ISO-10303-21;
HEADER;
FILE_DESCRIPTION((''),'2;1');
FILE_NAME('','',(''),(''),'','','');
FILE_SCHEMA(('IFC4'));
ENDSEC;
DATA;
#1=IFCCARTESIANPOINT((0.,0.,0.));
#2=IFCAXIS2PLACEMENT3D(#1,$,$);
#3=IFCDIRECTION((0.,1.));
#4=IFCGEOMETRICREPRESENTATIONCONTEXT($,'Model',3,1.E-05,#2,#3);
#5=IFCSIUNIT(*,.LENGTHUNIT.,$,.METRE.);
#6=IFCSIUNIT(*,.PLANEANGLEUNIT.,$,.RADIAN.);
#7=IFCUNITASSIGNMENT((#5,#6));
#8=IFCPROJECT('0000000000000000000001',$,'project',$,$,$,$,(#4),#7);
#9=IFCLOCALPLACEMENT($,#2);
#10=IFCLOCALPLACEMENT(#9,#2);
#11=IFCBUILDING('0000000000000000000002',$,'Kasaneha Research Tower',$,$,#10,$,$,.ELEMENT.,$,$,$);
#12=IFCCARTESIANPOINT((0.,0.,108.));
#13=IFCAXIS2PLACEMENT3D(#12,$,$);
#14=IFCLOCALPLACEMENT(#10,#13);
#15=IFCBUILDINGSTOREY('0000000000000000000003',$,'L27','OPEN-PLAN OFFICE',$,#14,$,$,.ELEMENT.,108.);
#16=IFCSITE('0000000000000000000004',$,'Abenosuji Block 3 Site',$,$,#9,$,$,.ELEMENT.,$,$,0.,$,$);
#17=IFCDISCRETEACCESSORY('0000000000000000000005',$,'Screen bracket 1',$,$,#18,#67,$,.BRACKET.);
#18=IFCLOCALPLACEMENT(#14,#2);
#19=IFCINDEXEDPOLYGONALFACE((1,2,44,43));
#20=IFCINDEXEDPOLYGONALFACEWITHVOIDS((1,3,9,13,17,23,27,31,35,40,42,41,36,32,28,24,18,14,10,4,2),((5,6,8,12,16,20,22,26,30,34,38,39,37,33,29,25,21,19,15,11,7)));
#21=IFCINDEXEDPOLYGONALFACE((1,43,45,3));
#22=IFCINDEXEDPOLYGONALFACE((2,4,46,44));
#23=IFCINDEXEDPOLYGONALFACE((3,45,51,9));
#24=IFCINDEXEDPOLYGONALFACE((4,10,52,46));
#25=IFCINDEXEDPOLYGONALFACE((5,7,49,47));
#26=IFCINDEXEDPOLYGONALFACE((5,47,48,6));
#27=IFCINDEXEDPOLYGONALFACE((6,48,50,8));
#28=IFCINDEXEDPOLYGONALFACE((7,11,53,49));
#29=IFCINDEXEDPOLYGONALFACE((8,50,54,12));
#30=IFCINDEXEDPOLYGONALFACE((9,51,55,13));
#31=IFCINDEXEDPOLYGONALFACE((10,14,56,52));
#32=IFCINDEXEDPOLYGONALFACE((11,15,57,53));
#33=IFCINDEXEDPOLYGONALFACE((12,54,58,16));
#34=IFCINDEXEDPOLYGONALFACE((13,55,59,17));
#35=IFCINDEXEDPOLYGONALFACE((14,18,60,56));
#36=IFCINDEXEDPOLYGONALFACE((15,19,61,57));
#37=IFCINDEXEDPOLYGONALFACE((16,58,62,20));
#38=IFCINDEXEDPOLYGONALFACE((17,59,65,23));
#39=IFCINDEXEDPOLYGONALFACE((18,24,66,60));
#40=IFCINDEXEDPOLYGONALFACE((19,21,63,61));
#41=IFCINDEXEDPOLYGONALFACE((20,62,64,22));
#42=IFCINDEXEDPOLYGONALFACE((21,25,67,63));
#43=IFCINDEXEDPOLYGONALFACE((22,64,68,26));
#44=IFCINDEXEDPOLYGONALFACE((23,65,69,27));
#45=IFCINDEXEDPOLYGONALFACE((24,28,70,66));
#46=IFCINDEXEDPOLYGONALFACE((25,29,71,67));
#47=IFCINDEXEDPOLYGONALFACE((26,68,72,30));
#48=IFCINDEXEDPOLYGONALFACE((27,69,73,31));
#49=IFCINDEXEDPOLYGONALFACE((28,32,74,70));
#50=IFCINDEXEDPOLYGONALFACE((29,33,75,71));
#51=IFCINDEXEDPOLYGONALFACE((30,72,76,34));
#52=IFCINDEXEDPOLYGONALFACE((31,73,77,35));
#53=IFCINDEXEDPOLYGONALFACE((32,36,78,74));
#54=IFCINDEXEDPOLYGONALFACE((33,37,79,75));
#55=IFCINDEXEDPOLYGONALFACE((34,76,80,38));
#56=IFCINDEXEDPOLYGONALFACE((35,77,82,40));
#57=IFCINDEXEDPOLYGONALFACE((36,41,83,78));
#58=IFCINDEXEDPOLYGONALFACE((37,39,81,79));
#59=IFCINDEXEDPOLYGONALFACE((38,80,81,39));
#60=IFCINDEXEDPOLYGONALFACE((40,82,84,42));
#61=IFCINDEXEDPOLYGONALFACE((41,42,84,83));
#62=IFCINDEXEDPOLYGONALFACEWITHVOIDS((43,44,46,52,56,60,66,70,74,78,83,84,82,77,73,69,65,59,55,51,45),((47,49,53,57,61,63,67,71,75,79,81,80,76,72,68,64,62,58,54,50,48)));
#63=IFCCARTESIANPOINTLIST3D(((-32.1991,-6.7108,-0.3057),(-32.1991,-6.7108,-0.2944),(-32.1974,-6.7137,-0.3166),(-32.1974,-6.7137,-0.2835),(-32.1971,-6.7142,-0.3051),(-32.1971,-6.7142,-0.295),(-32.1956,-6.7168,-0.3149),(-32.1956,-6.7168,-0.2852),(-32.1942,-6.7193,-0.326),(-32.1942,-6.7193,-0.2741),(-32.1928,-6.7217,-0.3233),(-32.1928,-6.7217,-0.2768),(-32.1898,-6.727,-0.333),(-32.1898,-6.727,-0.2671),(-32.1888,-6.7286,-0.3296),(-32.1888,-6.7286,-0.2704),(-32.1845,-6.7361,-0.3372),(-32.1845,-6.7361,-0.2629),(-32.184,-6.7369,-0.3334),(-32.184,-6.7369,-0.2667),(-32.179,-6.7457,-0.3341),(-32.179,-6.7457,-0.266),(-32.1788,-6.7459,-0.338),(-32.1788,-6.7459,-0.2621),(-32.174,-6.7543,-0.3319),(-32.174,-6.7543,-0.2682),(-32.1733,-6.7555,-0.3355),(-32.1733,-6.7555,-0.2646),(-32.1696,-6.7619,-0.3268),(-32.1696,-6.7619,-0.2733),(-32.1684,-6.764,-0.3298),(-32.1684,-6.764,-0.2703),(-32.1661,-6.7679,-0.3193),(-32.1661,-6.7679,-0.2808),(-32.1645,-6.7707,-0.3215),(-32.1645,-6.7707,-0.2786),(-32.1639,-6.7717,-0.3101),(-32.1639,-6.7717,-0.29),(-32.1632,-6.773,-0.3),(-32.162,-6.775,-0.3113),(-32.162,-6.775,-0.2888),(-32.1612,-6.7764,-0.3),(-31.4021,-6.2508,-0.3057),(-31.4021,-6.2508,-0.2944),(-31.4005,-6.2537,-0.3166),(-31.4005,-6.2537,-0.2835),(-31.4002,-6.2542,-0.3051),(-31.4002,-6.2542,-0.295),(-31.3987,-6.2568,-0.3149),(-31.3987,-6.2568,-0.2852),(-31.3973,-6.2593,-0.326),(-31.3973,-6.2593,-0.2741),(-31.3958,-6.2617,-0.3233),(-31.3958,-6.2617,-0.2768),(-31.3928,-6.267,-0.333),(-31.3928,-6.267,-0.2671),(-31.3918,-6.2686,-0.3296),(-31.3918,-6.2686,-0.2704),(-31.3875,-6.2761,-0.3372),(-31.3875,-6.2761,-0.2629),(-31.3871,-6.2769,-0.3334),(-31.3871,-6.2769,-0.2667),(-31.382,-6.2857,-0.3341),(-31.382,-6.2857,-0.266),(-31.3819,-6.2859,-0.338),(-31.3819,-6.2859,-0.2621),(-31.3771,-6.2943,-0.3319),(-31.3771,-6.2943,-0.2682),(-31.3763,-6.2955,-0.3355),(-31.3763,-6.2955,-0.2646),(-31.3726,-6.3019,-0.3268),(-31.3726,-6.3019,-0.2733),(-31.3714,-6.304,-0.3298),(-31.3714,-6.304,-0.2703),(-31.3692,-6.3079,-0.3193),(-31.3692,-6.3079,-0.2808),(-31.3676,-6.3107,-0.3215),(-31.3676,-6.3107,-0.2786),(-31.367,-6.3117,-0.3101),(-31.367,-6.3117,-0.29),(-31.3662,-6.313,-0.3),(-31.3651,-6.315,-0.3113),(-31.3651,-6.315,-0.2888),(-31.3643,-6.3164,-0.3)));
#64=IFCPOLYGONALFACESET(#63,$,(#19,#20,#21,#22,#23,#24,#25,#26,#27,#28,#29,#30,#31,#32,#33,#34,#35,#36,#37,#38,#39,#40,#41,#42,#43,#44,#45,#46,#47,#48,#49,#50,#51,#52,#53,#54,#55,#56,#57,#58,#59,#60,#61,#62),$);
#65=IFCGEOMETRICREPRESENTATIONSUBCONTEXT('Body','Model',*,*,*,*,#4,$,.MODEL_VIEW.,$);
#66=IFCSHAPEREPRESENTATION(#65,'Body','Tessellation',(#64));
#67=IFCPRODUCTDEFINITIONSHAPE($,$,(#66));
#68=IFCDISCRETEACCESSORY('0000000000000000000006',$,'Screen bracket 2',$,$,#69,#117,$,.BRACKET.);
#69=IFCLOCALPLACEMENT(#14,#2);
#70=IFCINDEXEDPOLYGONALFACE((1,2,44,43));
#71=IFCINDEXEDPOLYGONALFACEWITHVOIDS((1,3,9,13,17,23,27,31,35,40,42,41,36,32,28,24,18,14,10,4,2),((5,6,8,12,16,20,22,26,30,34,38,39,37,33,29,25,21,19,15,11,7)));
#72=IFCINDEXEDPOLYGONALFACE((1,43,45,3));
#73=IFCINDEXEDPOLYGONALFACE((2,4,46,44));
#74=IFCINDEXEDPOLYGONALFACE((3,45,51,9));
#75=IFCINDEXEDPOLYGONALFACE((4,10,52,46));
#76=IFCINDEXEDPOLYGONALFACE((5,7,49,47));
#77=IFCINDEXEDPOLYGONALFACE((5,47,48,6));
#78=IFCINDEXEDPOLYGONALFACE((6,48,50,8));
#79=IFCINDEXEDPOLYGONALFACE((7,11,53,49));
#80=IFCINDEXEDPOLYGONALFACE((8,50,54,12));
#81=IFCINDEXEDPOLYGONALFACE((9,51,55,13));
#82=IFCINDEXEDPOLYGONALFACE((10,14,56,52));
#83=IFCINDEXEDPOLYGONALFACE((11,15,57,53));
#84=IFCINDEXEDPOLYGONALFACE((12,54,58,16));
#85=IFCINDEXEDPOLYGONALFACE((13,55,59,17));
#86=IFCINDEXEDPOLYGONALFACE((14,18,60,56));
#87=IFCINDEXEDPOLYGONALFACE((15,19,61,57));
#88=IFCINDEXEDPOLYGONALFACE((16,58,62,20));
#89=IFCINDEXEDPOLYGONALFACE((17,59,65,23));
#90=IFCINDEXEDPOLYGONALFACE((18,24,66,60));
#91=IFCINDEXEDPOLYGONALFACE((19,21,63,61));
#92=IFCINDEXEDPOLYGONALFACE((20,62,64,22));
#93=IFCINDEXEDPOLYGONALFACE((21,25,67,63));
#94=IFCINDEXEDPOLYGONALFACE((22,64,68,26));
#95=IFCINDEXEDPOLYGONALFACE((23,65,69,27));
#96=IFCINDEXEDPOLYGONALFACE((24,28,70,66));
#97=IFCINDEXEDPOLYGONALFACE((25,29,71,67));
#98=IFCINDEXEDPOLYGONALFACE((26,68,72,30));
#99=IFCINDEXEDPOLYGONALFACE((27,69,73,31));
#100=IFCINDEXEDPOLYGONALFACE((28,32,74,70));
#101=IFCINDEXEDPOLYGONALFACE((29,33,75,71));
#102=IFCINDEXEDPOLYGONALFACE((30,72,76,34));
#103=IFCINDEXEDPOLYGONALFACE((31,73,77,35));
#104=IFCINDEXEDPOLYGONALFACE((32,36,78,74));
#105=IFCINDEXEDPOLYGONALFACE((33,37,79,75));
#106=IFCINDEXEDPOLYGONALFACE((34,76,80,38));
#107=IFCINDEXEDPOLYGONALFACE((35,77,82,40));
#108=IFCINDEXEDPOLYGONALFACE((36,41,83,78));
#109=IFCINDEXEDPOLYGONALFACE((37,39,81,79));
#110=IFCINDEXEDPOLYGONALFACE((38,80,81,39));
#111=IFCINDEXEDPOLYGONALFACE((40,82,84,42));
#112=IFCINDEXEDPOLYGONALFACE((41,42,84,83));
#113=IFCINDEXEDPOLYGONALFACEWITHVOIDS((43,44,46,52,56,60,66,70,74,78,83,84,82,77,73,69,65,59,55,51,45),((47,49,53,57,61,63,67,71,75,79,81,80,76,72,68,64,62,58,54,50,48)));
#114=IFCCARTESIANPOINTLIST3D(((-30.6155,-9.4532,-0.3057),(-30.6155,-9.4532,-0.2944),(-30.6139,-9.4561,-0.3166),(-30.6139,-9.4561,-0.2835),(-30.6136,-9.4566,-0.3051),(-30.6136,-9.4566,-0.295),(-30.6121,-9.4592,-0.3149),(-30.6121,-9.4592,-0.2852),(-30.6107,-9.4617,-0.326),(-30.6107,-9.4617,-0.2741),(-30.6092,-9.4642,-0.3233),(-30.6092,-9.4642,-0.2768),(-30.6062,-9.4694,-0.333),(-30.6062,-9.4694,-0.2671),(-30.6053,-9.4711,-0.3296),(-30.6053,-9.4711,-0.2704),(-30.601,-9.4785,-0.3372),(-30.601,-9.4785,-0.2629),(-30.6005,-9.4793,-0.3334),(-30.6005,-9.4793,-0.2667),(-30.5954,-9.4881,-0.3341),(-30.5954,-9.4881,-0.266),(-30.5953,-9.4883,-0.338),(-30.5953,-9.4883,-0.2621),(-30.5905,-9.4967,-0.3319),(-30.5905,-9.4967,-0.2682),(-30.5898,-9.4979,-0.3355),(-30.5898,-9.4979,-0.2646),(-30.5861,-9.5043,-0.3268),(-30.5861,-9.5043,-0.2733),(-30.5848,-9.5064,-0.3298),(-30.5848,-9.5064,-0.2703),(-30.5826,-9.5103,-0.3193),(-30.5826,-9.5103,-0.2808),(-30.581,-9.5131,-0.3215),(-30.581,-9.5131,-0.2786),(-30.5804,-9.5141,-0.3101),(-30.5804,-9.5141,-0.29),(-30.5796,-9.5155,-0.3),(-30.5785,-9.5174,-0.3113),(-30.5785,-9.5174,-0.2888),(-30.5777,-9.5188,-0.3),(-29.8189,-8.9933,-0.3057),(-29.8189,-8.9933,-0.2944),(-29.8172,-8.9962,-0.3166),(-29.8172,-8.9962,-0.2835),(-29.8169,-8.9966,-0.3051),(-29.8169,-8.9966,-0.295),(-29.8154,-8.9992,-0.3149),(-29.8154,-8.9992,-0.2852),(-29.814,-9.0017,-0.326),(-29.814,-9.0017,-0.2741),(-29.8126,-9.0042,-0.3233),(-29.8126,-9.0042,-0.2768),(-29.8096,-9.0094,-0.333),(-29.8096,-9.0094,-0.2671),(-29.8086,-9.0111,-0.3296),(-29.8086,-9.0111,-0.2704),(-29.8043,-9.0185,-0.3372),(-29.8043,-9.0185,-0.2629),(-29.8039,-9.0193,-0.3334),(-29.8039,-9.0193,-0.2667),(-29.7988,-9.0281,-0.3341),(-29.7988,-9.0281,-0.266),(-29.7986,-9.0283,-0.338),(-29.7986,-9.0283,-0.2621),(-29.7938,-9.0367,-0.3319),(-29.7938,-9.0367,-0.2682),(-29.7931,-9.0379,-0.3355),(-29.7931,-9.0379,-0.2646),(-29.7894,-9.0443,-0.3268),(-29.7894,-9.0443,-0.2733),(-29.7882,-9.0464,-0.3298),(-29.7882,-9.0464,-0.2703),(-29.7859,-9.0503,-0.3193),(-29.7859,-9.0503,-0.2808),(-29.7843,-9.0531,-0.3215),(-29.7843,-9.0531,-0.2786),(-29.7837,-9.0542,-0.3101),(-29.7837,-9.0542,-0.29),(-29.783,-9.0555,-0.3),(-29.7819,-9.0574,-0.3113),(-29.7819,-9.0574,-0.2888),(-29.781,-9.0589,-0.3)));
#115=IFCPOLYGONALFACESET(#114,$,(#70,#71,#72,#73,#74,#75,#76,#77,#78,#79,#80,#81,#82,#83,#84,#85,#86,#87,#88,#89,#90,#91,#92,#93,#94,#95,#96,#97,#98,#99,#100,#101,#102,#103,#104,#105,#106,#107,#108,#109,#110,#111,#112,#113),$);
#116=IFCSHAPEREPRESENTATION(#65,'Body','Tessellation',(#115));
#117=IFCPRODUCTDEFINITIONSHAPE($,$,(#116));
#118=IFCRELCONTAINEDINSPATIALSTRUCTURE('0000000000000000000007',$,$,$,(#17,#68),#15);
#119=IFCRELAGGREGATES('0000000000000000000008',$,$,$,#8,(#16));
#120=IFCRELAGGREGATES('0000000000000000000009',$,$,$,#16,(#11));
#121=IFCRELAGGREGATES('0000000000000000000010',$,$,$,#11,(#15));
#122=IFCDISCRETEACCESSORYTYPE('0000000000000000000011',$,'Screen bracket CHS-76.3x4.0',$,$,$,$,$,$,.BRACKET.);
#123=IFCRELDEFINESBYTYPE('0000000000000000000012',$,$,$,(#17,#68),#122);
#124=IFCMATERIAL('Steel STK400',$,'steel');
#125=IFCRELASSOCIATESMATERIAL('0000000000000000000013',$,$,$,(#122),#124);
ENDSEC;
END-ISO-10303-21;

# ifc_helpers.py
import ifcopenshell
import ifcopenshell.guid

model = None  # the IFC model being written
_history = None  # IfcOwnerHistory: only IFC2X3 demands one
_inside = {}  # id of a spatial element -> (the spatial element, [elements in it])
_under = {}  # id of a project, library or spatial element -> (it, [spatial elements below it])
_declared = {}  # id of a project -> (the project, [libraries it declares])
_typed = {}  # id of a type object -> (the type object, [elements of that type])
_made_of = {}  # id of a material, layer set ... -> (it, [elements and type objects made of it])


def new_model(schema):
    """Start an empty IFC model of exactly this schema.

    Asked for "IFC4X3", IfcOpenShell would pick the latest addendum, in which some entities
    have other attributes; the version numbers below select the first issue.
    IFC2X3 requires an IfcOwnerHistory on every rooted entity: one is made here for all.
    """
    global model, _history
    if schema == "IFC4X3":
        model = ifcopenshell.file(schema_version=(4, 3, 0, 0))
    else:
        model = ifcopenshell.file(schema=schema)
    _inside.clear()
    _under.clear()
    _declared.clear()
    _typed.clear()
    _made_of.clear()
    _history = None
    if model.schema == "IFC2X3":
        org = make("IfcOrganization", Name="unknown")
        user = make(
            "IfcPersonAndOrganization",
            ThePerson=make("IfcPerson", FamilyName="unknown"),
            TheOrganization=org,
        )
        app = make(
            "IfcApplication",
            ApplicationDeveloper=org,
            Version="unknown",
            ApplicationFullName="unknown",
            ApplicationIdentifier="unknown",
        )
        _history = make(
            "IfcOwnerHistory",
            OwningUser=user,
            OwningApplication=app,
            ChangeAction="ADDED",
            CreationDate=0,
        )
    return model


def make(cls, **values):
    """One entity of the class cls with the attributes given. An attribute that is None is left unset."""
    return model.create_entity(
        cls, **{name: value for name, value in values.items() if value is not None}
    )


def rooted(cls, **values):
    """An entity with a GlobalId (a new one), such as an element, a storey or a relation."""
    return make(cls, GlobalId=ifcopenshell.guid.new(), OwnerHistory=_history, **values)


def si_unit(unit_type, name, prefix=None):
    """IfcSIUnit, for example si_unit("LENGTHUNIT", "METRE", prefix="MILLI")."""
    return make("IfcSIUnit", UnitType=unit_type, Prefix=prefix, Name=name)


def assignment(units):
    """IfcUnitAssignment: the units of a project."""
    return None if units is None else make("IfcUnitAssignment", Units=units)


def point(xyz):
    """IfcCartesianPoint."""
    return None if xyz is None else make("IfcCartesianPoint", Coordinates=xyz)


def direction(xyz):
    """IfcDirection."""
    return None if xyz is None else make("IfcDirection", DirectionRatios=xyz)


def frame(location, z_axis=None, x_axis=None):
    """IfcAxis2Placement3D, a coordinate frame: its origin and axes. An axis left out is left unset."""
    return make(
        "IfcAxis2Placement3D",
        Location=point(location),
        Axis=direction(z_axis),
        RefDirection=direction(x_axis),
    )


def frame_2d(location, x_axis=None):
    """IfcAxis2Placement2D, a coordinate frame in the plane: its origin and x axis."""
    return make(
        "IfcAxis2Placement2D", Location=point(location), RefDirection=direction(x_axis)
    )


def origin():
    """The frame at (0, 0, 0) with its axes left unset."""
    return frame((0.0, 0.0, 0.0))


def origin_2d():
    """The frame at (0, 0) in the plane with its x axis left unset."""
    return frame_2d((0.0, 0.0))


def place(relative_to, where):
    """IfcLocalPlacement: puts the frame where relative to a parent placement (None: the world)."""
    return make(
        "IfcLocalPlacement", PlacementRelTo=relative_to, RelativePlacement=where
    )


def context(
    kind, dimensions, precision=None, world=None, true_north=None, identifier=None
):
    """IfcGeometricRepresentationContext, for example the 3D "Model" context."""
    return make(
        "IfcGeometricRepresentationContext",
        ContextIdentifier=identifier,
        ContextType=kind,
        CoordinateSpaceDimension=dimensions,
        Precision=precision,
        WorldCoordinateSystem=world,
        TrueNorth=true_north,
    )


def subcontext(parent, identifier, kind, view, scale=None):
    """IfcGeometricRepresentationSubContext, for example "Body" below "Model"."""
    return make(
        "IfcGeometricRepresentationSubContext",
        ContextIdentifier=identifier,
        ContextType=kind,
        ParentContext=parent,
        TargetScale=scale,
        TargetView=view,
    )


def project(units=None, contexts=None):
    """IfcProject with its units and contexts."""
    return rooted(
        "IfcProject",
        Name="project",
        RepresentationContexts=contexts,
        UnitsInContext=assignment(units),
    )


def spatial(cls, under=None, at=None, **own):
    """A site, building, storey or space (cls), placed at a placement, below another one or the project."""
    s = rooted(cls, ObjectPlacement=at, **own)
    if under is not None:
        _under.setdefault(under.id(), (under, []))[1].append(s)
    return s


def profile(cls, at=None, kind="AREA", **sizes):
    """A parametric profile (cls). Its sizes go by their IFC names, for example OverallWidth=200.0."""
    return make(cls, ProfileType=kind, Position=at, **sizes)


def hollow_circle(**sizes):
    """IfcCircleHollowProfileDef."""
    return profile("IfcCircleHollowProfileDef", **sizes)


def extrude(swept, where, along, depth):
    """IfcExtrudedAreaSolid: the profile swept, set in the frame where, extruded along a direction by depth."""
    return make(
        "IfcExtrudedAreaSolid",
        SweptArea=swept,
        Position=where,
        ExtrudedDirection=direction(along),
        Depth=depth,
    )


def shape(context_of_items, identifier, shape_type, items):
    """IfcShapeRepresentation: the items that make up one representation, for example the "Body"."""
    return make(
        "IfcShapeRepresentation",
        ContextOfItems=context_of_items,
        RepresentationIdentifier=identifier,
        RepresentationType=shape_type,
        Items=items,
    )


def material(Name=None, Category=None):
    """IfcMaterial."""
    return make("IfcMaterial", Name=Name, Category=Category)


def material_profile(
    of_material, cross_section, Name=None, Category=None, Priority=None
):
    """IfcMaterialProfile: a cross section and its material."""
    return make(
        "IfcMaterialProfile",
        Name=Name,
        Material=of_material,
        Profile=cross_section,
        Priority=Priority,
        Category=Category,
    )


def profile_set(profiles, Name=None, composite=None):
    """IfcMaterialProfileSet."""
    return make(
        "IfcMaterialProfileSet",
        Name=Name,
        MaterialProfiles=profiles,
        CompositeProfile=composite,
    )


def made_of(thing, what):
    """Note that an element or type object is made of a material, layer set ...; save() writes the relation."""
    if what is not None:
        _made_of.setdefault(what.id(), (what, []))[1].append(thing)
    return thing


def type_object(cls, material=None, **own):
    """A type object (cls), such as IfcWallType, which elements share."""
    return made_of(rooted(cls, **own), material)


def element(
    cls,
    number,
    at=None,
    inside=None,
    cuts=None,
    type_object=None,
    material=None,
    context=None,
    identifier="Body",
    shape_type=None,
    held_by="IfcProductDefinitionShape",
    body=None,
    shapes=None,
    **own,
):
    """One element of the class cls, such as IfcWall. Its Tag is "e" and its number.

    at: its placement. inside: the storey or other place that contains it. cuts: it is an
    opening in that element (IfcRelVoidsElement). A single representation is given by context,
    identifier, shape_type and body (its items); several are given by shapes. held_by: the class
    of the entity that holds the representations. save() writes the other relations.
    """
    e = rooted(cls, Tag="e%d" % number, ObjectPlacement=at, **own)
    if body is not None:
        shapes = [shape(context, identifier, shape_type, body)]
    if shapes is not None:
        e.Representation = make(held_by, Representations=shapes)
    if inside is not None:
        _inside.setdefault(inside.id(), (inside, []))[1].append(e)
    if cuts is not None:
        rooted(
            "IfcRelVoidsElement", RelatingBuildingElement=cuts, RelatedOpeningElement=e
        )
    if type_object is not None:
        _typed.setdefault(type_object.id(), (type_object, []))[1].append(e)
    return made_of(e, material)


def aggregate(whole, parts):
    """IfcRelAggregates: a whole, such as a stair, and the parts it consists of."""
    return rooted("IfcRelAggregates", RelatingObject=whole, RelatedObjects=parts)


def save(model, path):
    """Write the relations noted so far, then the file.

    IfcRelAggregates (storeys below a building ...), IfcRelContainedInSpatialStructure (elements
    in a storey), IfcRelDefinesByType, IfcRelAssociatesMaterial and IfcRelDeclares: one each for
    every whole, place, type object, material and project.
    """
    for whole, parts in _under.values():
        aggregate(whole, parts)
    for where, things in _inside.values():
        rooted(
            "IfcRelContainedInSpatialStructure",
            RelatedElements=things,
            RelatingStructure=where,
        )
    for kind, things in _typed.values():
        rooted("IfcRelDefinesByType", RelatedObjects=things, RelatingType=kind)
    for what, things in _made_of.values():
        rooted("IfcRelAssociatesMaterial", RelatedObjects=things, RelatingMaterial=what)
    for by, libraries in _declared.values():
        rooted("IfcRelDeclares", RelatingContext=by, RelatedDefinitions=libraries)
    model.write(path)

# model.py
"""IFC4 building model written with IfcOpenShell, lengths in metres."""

from ifc_helpers import new_model, si_unit, direction, frame, origin, origin_2d, place, context, subcontext, project, spatial, hollow_circle, extrude, material, material_profile, profile_set, type_object, element, save


model = new_model("IFC4")

# Units and contexts
model_context = context("Model", 3, precision=1e-05, world=origin(), true_north=direction((0.0, 1.0)))
body_context = subcontext(model_context, "Body", "Model", "MODEL_VIEW")
ifc_project = project(units=[si_unit("LENGTHUNIT", "METRE"), si_unit("PLANEANGLEUNIT", "RADIAN")], contexts=[model_context])

# Site, building, storey
site_placement = place(None, origin())
site = spatial("IfcSite", under=ifc_project, at=site_placement, Name="Abenosuji Block 3 Site", CompositionType="ELEMENT", RefElevation=0.0)
building_placement = place(site_placement, origin())
building = spatial("IfcBuilding", under=site, at=building_placement, Name="Kasaneha Research Tower", CompositionType="ELEMENT")
storey_placement = place(building_placement, frame((0.0, 0.0, 108.0)))
storey = spatial("IfcBuildingStorey", under=building, at=storey_placement, Name="L27", Description="OPEN-PLAN OFFICE", CompositionType="ELEMENT", Elevation=108.0)

# Discrete accessories
ifc_material_1 = material(Name="Steel STK400", Category="steel")
ifc_material_profile_1 = material_profile(ifc_material_1, hollow_circle(Radius=0.0381, WallThickness=0.0039, at=origin_2d()), Name="CHS-76.3x4.0")
ifc_profile_set_1 = profile_set([ifc_material_profile_1], Name="Steel STK400")
discrete_accessory_type = type_object("IfcDiscreteAccessoryType", Name="Screen bracket CHS-76.3x4.0", PredefinedType="BRACKET", material=ifc_profile_set_1)
discrete_accessory_1_placement = place(storey_placement, frame((-31.3833, -6.2834, -0.3), z_axis=(-0.86608, -0.499906, 0.0), x_axis=(0.499906, -0.86608, 0.0)))
element("IfcDiscreteAccessory", 1, at=discrete_accessory_1_placement, inside=storey, type_object=discrete_accessory_type, Name="Screen bracket 1", PredefinedType="BRACKET", context=body_context, shape_type="SweptSolid", body=[
    extrude(hollow_circle(Radius=0.0381, WallThickness=0.0039, at=origin_2d()), origin(), (0.0, 0.0, 1.0), 0.9202),
])
discrete_accessory_2_placement = place(storey_placement, frame((-29.8, -9.0259, -0.3), z_axis=(-0.866013, -0.500021, 0.0), x_axis=(0.500021, -0.866013, 0.0)))
element("IfcDiscreteAccessory", 2, at=discrete_accessory_2_placement, inside=storey, type_object=discrete_accessory_type, Name="Screen bracket 2", PredefinedType="BRACKET", context=body_context, shape_type="SweptSolid", body=[
    extrude(hollow_circle(Radius=0.0381, WallThickness=0.0039, at=origin_2d()), origin(), (0.0, 0.0, 1.0), 0.9199),
])

save(model, "model.ifc")
